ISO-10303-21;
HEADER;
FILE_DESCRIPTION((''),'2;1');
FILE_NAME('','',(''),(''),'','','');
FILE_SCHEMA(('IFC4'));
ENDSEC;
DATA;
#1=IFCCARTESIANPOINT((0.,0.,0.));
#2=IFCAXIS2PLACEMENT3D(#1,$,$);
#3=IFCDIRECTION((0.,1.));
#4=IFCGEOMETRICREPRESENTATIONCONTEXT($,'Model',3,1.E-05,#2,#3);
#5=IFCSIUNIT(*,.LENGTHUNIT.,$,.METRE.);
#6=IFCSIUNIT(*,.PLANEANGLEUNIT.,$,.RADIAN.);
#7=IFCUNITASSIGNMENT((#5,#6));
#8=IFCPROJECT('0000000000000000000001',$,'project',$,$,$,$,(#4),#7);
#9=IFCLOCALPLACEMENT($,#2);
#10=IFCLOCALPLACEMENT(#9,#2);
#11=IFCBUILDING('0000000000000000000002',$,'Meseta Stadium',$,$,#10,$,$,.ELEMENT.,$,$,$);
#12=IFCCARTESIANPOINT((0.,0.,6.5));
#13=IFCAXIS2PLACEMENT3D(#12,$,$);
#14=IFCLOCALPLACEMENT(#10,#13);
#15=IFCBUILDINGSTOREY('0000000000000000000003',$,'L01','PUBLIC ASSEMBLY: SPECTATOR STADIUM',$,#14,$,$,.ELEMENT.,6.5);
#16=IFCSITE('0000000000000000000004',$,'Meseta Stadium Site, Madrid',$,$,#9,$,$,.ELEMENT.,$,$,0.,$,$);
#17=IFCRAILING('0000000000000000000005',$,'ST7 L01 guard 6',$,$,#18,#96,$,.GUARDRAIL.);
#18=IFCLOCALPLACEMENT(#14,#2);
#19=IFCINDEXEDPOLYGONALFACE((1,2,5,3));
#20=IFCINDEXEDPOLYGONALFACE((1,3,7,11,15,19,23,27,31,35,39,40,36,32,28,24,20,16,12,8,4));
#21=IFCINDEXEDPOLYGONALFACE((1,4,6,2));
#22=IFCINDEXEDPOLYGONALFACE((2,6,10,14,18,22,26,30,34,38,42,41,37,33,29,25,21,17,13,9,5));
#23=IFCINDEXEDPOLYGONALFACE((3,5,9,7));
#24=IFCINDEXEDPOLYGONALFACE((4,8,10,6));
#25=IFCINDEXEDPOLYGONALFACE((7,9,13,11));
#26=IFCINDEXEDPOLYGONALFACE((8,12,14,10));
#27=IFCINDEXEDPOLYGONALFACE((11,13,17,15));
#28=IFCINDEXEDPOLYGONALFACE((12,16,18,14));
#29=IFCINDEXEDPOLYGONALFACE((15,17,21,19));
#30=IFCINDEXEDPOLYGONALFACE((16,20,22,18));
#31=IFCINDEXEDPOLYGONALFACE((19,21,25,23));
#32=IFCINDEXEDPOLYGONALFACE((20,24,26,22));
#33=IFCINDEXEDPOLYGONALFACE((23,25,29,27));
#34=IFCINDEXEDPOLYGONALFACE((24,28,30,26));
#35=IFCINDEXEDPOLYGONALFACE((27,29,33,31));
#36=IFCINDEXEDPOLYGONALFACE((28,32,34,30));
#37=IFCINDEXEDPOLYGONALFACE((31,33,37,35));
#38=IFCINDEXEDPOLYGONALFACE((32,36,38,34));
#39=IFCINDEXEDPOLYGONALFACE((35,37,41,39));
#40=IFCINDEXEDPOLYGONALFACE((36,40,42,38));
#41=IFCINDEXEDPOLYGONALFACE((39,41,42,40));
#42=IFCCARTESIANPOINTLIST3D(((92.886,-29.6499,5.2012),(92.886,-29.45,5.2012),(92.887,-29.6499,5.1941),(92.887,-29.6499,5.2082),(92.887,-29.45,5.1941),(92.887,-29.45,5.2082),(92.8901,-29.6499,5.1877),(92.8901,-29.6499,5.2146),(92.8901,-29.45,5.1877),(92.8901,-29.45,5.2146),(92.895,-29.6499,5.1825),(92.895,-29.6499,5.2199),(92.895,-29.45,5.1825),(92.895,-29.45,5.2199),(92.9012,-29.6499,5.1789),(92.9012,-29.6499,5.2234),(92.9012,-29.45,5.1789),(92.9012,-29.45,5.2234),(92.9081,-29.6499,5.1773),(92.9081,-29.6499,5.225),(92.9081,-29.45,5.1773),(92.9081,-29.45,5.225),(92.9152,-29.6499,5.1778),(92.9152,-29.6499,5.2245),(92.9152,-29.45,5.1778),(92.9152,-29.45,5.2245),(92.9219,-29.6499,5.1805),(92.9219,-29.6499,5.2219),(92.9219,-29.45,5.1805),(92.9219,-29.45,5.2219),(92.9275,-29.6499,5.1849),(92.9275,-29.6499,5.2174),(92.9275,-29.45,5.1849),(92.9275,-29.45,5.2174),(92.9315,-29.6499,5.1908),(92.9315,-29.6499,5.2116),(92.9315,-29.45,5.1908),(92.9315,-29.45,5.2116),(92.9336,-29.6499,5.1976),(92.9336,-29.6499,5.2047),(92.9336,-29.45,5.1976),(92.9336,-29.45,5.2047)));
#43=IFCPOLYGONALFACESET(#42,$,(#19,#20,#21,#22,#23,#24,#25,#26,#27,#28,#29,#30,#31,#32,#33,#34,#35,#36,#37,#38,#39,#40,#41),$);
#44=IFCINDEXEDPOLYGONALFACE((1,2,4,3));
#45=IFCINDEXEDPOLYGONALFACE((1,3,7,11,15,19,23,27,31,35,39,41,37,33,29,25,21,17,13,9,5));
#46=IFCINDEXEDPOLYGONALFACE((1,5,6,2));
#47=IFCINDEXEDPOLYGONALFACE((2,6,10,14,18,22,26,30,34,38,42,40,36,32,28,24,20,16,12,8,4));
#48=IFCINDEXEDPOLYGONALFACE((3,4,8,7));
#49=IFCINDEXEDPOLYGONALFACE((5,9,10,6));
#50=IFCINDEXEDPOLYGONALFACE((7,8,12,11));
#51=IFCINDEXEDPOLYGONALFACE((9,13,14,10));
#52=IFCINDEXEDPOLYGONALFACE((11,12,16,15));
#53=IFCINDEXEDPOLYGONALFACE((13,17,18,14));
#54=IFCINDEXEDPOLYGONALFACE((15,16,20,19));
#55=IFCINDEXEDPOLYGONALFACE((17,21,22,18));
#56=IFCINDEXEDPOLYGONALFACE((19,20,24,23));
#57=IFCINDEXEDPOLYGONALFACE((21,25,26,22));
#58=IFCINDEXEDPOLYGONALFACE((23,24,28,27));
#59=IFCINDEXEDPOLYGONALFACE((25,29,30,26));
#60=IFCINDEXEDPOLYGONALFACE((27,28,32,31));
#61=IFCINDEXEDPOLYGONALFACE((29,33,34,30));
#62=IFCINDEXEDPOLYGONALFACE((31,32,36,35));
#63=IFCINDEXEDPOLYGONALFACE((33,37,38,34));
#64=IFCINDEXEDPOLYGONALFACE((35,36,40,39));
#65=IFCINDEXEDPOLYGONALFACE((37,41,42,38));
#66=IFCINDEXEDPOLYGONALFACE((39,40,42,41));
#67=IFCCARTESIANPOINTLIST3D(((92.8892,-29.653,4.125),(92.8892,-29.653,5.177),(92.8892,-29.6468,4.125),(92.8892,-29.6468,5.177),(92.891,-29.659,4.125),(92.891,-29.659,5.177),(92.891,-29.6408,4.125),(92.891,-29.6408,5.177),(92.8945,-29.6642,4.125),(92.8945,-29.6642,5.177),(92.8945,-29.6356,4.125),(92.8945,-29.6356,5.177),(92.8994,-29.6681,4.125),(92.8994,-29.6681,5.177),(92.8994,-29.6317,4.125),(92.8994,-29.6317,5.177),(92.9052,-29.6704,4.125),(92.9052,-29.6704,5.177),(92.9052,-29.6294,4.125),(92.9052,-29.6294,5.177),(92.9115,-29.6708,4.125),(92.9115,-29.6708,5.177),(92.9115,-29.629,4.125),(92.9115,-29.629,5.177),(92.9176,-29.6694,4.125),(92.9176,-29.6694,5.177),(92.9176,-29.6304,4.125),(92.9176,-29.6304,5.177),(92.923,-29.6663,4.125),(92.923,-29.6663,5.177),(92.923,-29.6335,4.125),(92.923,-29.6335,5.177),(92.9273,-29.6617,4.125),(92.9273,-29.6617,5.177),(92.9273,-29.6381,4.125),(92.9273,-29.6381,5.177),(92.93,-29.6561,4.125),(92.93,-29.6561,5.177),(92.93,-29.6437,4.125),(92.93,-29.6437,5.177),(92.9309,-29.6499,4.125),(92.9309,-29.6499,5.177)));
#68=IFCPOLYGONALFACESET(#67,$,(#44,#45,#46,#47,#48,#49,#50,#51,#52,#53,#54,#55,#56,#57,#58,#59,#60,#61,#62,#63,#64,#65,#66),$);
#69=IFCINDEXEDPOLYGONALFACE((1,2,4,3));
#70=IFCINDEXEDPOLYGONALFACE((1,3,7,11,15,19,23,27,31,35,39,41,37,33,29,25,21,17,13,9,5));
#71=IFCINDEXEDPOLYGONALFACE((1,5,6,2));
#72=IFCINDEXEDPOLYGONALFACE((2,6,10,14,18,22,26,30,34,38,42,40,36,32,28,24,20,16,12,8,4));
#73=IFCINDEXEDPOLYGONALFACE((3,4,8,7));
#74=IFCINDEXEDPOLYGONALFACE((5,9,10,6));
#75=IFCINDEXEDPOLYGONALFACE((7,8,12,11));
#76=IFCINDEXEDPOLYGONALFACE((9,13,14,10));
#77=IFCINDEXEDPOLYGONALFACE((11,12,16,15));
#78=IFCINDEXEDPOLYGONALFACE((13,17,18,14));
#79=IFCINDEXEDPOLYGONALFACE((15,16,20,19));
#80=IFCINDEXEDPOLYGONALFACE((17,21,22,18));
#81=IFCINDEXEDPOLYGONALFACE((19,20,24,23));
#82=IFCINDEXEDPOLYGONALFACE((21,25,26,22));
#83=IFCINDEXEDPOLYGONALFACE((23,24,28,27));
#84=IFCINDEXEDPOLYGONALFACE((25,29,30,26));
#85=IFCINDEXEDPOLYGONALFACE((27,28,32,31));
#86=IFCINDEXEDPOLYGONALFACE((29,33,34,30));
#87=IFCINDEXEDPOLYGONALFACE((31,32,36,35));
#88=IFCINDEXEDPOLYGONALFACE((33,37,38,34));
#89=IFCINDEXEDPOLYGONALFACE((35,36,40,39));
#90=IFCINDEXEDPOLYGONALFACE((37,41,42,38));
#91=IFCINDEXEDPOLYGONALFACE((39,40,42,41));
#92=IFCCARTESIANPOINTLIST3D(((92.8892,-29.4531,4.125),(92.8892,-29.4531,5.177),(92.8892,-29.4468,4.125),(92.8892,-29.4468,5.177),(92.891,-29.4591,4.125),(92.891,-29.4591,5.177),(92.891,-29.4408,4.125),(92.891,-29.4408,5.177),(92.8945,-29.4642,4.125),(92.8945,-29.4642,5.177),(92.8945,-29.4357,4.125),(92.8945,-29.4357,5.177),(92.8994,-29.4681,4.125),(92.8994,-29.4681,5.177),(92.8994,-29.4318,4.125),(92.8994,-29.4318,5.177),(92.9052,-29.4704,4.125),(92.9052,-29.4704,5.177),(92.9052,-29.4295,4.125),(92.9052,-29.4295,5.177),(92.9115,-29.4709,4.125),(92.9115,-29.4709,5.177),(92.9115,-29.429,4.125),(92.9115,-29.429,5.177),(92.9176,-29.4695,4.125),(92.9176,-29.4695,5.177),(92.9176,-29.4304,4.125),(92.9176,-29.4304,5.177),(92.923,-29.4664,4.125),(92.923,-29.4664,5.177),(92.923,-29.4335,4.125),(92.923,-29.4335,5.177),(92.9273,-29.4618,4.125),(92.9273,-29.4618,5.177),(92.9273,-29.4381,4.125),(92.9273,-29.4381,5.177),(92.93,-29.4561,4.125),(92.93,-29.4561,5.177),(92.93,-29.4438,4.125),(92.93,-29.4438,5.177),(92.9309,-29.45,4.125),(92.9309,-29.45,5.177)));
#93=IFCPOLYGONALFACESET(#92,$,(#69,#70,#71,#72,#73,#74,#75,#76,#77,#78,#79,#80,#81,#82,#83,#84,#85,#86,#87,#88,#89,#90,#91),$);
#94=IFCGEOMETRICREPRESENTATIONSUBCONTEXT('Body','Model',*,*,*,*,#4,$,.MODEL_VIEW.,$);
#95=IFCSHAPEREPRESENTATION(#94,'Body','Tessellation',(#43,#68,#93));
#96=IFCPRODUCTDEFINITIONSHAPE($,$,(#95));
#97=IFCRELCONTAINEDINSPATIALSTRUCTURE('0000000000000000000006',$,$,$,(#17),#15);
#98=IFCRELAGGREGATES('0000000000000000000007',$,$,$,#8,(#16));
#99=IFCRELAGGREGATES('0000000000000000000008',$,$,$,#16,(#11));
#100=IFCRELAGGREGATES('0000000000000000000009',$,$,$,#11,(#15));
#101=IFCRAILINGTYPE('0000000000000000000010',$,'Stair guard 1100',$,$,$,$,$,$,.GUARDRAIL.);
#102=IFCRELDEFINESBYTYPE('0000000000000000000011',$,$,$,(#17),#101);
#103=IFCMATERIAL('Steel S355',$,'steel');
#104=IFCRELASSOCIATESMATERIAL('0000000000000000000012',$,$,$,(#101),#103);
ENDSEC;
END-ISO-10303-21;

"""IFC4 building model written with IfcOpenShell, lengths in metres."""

from ifc_helpers import new_model, si_unit, direction, frame, origin, origin_2d, place, context, subcontext, project, spatial, circle, extrude, material, type_object, element, save


model = new_model("IFC4")

# Units and contexts
model_context = context("Model", 3, precision=1e-05, world=origin(), true_north=direction((0.0, 1.0)))
body_context = subcontext(model_context, "Body", "Model", "MODEL_VIEW")
ifc_project = project(units=[si_unit("LENGTHUNIT", "METRE"), si_unit("PLANEANGLEUNIT", "RADIAN")], contexts=[model_context])

# Site, building, storey
site_placement = place(None, origin())
site = spatial("IfcSite", under=ifc_project, at=site_placement, Name="Meseta Stadium Site, Madrid", CompositionType="ELEMENT", RefElevation=0.0)
building_placement = place(site_placement, origin())
building = spatial("IfcBuilding", under=site, at=building_placement, Name="Meseta Stadium", CompositionType="ELEMENT")
storey_placement = place(building_placement, frame((0.0, 0.0, 6.5)))
storey = spatial("IfcBuildingStorey", under=building, at=storey_placement, Name="L01", Description="PUBLIC ASSEMBLY: SPECTATOR STADIUM", CompositionType="ELEMENT", Elevation=6.5)

# Railing
ifc_material_1 = material(Name="Steel S355", Category="steel")
railing_type_1 = type_object("IfcRailingType", Name="Stair guard 1100", PredefinedType="GUARDRAIL", material=ifc_material_1)
railing_1_placement = place(storey_placement, frame((92.9099, -29.6499, 4.125)))
element("IfcRailing", 1, at=railing_1_placement, inside=storey, type_object=railing_type_1, Name="ST7 L01 guard 6", PredefinedType="GUARDRAIL", context=body_context, shape_type="SweptSolid", body=[
    extrude(circle(Radius=0.0239, at=origin_2d()), frame((0.0, 0.0, 1.0762), z_axis=(0.0, 1.0, 0.0), x_axis=(-1.0, 0.0, 0.0)), (0.0, 0.0, 1.0), 0.2),
    extrude(circle(Radius=0.021, at=origin_2d()), origin(), (0.0, 0.0, 1.0), 1.052),
    extrude(circle(Radius=0.021, at=origin_2d()), frame((0.0, 0.2, 0.0)), (0.0, 0.0, 1.0), 1.052),
])

save(model, "model.ifc")
